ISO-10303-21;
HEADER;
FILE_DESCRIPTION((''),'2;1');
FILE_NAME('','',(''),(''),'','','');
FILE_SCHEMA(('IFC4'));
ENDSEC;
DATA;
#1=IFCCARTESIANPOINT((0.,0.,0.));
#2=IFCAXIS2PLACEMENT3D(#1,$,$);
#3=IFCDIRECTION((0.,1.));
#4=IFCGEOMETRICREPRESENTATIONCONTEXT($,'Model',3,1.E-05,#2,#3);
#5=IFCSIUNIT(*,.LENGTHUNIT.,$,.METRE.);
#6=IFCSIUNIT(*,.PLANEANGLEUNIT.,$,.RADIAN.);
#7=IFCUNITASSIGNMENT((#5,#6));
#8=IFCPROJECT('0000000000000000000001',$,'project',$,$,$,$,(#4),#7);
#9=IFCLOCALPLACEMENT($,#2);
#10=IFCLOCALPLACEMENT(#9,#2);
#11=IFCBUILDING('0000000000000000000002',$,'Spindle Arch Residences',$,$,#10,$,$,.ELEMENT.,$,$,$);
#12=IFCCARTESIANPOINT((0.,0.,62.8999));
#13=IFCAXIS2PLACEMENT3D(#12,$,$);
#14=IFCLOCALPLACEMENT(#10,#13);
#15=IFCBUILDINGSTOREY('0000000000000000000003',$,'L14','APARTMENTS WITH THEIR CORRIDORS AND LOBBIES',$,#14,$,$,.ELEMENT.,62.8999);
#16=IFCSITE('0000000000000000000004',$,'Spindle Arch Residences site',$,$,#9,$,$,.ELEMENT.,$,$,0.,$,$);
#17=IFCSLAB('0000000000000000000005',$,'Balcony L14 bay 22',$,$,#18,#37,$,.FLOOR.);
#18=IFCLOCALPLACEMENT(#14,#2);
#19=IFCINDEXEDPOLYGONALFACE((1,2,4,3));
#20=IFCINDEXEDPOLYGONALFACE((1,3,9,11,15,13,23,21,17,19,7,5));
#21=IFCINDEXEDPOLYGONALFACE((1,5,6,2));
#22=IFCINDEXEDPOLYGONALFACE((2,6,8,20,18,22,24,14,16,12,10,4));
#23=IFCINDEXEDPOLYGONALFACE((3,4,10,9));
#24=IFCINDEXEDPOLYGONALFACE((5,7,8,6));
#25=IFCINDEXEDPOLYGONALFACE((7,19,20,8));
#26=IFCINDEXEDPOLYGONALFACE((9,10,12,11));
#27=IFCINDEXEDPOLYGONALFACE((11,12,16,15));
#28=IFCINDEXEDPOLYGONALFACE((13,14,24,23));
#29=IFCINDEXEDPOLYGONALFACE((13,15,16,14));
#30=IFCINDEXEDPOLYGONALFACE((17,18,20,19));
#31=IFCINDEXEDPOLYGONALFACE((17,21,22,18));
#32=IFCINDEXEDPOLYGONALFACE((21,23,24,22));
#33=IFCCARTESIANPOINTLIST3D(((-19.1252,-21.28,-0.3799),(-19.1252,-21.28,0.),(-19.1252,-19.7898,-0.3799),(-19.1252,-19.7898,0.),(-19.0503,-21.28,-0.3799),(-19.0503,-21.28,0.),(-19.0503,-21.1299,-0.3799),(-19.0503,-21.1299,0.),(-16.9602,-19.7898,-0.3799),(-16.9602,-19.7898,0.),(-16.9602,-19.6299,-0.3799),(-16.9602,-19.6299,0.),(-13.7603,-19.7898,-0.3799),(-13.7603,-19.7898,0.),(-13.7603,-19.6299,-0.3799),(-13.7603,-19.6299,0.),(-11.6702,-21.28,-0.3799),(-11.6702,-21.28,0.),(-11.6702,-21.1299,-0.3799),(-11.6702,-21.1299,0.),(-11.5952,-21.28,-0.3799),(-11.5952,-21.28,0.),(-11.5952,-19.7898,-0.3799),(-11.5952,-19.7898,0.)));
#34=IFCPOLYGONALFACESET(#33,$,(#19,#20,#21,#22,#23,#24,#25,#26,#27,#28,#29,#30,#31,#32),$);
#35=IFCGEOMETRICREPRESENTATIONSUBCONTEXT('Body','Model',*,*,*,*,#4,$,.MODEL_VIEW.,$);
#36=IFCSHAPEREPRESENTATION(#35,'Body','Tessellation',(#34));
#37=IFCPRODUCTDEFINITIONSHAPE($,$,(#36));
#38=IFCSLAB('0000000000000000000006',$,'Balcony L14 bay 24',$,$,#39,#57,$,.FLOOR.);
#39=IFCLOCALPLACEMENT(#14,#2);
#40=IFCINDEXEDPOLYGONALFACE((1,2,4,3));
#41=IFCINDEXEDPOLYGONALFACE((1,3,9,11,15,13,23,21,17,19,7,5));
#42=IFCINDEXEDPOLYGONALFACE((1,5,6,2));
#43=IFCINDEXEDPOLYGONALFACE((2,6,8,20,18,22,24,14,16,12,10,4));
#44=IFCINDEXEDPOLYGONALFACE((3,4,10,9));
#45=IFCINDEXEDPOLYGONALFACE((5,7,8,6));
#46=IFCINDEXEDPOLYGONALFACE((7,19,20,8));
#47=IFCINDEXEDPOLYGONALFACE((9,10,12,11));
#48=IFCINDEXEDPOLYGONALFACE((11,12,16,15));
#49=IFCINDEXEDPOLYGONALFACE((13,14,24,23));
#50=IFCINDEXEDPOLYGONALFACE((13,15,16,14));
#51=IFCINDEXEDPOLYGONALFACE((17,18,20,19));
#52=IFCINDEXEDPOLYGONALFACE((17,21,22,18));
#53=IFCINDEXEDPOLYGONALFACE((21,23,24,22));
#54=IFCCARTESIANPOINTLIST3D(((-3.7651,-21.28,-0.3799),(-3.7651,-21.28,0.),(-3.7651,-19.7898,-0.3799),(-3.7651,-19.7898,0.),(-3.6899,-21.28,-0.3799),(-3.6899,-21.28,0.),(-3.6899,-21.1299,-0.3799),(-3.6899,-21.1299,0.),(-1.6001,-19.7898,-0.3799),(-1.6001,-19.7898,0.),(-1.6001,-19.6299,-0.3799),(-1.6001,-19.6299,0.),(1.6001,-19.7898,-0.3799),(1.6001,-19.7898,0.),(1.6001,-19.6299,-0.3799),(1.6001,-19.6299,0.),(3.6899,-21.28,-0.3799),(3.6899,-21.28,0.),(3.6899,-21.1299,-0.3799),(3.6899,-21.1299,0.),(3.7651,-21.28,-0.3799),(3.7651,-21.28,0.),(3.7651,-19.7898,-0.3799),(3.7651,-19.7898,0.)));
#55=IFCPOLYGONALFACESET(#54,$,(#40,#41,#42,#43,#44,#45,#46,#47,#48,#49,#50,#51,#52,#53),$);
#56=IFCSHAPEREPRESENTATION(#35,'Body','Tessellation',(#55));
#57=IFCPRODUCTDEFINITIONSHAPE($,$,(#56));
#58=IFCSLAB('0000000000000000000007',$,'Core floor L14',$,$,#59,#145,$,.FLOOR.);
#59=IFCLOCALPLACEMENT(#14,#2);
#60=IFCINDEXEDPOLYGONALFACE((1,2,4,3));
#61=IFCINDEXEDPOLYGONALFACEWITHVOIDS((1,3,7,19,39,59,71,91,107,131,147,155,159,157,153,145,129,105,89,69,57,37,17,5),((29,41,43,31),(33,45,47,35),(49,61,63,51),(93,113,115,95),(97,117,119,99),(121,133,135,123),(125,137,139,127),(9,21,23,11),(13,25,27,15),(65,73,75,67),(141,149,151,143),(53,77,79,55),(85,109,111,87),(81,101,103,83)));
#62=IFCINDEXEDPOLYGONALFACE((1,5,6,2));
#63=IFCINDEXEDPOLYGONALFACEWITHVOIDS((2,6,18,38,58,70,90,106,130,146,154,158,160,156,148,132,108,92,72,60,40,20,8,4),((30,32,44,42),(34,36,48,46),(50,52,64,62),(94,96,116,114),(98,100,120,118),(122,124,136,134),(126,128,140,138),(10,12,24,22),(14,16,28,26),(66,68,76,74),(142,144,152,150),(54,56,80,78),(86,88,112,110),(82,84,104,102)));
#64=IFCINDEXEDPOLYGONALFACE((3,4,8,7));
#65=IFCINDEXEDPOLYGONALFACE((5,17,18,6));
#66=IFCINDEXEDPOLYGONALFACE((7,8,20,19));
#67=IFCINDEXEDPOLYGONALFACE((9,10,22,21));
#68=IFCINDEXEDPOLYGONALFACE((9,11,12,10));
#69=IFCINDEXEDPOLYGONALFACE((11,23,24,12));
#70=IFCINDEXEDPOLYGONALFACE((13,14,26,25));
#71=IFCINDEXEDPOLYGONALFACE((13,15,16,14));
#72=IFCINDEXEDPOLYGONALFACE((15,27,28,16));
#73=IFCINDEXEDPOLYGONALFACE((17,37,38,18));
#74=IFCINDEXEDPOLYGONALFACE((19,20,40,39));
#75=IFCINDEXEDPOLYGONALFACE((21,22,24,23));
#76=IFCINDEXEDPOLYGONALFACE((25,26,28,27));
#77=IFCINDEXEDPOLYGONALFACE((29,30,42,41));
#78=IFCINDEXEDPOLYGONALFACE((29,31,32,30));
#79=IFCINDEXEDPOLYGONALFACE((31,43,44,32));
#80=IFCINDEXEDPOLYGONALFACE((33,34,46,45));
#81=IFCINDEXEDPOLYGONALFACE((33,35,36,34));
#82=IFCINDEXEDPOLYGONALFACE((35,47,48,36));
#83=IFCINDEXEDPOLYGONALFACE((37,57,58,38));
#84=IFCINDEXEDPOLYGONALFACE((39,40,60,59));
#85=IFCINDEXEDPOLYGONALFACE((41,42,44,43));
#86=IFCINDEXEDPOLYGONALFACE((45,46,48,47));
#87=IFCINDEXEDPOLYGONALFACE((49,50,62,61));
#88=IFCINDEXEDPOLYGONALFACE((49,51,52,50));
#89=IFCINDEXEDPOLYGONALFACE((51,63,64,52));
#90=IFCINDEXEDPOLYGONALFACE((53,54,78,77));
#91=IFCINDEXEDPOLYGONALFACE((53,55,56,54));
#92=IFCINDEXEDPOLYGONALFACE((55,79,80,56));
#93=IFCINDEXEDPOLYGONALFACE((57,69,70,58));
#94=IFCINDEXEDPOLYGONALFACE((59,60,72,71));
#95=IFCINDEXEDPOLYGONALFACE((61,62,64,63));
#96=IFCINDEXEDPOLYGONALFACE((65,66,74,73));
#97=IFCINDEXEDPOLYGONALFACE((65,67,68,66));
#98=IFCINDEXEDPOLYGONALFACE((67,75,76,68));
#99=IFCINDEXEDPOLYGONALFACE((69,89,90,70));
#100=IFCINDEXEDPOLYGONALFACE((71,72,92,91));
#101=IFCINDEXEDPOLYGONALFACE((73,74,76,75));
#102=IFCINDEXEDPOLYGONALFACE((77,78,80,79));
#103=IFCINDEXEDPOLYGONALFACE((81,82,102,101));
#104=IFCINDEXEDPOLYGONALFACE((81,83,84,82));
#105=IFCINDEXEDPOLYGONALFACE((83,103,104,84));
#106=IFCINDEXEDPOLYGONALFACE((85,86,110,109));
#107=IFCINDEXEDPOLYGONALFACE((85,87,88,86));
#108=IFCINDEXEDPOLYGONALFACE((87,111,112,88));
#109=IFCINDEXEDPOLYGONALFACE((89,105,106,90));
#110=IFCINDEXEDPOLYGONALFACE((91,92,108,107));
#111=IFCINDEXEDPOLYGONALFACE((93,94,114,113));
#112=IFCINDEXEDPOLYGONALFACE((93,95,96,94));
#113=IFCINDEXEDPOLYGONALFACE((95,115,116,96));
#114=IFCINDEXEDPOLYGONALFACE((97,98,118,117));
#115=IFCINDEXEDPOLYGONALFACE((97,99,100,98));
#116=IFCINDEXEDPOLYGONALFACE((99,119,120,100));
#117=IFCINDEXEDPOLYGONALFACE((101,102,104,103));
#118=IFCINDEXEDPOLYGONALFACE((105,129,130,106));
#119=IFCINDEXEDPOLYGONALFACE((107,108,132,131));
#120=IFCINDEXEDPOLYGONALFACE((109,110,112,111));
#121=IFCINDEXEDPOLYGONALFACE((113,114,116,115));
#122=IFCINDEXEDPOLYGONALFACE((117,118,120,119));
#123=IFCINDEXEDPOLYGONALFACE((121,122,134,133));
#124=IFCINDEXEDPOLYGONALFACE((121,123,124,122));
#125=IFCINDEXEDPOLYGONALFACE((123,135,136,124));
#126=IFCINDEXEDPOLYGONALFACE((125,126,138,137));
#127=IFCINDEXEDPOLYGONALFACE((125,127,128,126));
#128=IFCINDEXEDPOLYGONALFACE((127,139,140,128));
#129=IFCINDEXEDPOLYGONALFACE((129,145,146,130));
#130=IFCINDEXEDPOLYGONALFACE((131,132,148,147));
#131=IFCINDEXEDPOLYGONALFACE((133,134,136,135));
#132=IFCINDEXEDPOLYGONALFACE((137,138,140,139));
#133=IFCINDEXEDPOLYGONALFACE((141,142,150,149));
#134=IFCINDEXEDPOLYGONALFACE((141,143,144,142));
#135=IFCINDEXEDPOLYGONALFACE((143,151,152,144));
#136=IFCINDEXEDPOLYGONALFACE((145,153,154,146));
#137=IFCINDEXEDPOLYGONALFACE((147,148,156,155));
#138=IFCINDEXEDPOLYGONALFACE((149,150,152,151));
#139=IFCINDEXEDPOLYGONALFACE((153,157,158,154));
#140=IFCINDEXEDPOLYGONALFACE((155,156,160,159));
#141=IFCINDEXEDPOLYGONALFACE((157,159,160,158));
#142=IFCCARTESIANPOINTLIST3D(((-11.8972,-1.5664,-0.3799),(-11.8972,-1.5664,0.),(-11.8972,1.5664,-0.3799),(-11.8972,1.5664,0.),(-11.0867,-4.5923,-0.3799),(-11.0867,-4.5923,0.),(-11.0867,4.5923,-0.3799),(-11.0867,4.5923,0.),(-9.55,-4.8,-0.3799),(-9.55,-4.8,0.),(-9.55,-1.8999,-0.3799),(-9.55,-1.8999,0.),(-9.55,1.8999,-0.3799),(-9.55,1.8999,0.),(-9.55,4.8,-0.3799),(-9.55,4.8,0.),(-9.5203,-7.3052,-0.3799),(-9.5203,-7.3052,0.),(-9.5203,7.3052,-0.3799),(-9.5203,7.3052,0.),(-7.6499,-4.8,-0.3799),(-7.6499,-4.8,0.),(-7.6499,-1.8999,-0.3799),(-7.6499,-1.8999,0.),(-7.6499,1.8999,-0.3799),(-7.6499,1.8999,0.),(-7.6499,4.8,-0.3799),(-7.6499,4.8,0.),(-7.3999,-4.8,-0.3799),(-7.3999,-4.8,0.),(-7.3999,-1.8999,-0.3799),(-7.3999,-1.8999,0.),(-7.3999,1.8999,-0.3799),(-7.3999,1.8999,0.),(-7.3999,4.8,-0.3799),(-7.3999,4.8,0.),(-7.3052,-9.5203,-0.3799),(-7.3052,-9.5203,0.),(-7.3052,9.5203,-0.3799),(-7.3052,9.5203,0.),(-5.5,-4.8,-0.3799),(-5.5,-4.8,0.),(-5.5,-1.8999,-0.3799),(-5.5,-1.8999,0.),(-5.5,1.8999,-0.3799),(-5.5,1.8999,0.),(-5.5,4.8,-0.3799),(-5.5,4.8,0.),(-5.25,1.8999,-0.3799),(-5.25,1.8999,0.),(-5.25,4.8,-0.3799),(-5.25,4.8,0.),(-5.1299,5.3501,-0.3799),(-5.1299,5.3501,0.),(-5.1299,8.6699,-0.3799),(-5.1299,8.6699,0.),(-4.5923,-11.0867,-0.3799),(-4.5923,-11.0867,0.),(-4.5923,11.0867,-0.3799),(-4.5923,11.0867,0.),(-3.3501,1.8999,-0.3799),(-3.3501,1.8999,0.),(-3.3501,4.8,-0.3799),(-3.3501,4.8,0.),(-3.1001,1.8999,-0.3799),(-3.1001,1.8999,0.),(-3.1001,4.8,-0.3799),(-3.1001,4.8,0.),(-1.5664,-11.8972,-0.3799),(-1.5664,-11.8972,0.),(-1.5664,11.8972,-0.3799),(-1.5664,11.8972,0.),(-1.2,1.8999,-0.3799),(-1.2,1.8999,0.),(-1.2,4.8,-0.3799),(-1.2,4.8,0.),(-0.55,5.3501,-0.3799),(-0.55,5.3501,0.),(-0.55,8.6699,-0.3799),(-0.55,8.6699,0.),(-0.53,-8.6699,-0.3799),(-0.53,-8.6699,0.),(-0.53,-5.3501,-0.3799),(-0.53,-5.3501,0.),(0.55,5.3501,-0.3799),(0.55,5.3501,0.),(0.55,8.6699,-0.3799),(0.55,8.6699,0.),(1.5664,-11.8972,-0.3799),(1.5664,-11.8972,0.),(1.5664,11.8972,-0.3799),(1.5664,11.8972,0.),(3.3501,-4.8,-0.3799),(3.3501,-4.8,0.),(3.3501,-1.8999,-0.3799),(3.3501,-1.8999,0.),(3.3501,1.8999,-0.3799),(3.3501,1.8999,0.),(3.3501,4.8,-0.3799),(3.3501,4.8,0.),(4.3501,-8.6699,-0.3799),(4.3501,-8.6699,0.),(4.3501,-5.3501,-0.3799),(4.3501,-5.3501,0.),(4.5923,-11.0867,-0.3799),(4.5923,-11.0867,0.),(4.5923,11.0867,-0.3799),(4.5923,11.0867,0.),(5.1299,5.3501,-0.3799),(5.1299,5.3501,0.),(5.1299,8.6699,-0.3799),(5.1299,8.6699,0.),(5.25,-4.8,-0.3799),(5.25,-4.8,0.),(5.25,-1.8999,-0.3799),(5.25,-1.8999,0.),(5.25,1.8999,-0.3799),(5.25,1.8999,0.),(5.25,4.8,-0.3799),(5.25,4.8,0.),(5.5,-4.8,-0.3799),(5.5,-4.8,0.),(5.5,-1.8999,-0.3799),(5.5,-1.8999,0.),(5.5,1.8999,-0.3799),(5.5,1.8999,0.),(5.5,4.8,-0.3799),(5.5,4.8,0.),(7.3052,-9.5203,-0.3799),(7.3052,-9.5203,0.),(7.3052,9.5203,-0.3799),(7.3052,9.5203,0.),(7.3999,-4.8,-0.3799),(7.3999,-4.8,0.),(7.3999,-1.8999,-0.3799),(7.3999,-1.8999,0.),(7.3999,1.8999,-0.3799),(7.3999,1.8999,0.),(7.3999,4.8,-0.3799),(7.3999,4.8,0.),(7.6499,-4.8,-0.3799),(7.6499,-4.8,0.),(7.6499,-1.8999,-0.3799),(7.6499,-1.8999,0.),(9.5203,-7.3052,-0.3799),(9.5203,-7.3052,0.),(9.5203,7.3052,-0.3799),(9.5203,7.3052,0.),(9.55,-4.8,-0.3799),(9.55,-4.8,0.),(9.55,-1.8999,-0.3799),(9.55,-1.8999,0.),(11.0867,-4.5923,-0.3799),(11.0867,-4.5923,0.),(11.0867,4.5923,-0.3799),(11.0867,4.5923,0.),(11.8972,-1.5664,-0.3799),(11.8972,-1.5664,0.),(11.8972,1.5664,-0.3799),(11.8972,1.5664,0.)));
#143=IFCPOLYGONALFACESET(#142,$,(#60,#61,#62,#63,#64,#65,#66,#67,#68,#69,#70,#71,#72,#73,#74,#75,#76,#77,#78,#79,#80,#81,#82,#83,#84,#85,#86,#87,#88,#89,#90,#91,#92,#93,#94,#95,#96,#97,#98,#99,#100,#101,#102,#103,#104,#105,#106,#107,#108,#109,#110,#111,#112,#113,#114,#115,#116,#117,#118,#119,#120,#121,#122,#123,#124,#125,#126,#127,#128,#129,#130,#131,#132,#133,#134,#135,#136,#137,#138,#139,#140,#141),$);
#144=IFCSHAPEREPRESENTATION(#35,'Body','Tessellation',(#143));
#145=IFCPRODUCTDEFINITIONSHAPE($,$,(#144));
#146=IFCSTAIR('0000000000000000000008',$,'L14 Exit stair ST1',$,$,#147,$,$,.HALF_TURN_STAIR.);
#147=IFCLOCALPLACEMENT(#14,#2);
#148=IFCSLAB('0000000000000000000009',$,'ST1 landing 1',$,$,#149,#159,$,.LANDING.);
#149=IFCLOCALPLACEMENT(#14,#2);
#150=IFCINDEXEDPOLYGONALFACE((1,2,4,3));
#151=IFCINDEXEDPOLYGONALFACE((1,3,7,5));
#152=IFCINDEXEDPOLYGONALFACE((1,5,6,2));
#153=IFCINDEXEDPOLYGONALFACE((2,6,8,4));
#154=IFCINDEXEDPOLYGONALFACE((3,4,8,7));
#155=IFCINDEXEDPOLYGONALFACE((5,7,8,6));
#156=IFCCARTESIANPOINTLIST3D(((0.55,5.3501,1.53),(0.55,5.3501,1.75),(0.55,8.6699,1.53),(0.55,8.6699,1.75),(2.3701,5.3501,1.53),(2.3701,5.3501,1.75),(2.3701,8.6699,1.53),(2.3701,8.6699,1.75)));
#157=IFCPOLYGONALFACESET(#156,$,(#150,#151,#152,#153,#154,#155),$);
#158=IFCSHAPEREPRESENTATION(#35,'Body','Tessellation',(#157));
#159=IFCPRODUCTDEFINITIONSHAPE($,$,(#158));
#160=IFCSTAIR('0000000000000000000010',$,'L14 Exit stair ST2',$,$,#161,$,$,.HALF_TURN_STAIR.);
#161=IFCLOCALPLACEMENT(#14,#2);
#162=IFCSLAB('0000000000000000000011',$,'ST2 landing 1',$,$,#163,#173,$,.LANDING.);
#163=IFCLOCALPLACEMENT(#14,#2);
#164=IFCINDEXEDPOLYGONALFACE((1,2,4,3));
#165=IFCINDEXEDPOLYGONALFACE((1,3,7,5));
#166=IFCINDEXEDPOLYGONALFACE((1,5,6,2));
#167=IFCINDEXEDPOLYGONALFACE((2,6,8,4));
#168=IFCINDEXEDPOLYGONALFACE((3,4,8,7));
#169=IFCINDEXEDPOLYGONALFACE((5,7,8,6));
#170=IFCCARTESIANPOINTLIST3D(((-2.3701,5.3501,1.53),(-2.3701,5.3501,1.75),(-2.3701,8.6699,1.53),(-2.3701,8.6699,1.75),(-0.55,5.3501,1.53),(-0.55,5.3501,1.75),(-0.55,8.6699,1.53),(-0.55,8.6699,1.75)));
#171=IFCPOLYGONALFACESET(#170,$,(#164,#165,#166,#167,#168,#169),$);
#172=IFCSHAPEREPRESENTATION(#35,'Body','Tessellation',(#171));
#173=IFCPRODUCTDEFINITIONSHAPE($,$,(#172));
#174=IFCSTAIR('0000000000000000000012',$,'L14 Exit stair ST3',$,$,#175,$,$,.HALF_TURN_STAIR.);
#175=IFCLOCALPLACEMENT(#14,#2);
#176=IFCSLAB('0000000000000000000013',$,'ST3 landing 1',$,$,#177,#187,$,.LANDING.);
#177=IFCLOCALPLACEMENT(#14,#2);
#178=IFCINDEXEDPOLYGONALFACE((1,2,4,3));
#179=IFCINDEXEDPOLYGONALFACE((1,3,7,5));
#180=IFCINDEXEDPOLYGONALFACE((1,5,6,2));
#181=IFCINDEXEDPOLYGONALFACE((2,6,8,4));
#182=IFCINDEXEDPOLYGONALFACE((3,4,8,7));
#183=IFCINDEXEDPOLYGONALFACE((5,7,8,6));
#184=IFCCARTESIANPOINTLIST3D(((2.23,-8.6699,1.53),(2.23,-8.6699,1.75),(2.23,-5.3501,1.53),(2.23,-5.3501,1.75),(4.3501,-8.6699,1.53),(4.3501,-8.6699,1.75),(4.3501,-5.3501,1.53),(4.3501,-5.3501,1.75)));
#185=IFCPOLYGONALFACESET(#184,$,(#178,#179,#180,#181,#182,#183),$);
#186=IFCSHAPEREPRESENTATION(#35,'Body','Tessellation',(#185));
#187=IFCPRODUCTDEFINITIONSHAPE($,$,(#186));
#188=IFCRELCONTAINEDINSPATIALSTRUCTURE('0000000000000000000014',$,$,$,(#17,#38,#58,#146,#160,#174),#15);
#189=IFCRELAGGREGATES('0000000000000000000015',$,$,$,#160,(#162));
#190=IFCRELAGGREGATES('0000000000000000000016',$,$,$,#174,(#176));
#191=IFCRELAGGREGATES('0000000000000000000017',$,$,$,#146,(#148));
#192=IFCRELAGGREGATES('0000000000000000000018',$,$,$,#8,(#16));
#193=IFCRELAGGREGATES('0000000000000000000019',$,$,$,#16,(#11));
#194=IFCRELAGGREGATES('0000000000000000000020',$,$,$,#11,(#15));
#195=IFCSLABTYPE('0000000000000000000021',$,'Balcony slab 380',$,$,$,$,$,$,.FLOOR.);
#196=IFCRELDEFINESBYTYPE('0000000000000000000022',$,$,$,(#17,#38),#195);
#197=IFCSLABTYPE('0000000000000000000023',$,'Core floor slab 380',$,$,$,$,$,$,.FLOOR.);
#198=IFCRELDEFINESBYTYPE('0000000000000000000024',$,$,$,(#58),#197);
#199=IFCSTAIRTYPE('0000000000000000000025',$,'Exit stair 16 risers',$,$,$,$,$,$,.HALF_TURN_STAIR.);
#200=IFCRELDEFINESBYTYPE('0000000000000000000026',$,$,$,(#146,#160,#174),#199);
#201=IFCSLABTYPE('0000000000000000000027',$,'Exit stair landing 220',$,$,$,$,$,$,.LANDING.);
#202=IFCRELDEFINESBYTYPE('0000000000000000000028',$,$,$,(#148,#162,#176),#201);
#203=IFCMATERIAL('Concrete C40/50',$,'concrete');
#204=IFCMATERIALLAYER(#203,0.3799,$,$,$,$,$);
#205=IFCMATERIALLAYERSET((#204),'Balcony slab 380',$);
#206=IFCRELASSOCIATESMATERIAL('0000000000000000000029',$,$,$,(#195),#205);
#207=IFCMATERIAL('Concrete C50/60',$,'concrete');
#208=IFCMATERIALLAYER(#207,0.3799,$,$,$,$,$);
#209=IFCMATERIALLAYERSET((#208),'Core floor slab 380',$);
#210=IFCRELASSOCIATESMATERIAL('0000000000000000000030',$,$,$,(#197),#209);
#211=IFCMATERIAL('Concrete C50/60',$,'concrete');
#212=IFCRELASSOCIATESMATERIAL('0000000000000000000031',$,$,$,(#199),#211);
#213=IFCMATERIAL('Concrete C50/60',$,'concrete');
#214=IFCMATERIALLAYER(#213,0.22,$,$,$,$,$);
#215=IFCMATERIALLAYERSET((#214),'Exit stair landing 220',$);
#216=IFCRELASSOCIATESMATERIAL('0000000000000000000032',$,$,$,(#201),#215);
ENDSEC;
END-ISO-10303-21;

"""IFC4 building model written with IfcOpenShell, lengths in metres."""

from ifc_helpers import new_model, si_unit, direction, frame, origin, place, context, subcontext, project, spatial, polyline, outline, extrude, material, layer, layer_set, type_object, element, aggregate, save


model = new_model("IFC4")

# Units and contexts
model_context = context("Model", 3, precision=1e-05, world=origin(), true_north=direction((0.0, 1.0)))
body_context = subcontext(model_context, "Body", "Model", "MODEL_VIEW")
ifc_project = project(units=[si_unit("LENGTHUNIT", "METRE"), si_unit("PLANEANGLEUNIT", "RADIAN")], contexts=[model_context])

# Site, building, storey
site_placement = place(None, origin())
site = spatial("IfcSite", under=ifc_project, at=site_placement, Name="Spindle Arch Residences site", CompositionType="ELEMENT", RefElevation=0.0)
building_placement = place(site_placement, origin())
building = spatial("IfcBuilding", under=site, at=building_placement, Name="Spindle Arch Residences", CompositionType="ELEMENT")
storey_placement = place(building_placement, frame((0.0, 0.0, 62.8999)))
storey = spatial("IfcBuildingStorey", under=building, at=storey_placement, Name="L14", Description="APARTMENTS WITH THEIR CORRIDORS AND LOBBIES", CompositionType="ELEMENT", Elevation=62.8999)

# Slabs
ifc_material_1 = material(Name="Concrete C40/50", Category="concrete")
ifc_layer_1 = layer(ifc_material_1, 0.3799)
ifc_layer_set_1 = layer_set([ifc_layer_1], Name="Balcony slab 380")
slab_type_1 = type_object("IfcSlabType", Name="Balcony slab 380", PredefinedType="FLOOR", material=ifc_layer_set_1)
slab_1_placement = place(storey_placement, frame((0.0, 0.0, -0.3799)))
element("IfcSlab", 1, at=slab_1_placement, inside=storey, type_object=slab_type_1, Name="Balcony L14 bay 22", PredefinedType="FLOOR", context=body_context, shape_type="SweptSolid", body=[
    extrude(outline(polyline([(-19.1252, -21.28), (-19.0503, -21.28), (-19.0503, -21.1299), (-11.6702, -21.1299), (-11.6702, -21.28), (-11.5952, -21.28), (-11.5952, -19.7898), (-13.7603, -19.7898), (-13.7603, -19.6299), (-16.9602, -19.6299), (-16.9602, -19.7898), (-19.1252, -19.7898), (-19.1252, -21.28)])), origin(), (0.0, 0.0, 1.0), 0.3799),
])
slab_2_placement = place(storey_placement, frame((0.0, 0.0, -0.3799)))
element("IfcSlab", 2, at=slab_2_placement, inside=storey, type_object=slab_type_1, Name="Balcony L14 bay 24", PredefinedType="FLOOR", context=body_context, shape_type="SweptSolid", body=[
    extrude(outline(polyline([(-3.7651, -21.28), (-3.6899, -21.28), (-3.6899, -21.1299), (3.6899, -21.1299), (3.6899, -21.28), (3.7651, -21.28), (3.7651, -19.7898), (1.6001, -19.7898), (1.6001, -19.6299), (-1.6001, -19.6299), (-1.6001, -19.7898), (-3.7651, -19.7898), (-3.7651, -21.28)])), origin(), (0.0, 0.0, 1.0), 0.3799),
])
ifc_material_2 = material(Name="Concrete C50/60", Category="concrete")
ifc_layer_2 = layer(ifc_material_2, 0.3799)
ifc_layer_set_2 = layer_set([ifc_layer_2], Name="Core floor slab 380")
slab_type_2 = type_object("IfcSlabType", Name="Core floor slab 380", PredefinedType="FLOOR", material=ifc_layer_set_2)
slab_3_placement = place(storey_placement, frame((0.0, 0.0, -0.3799)))
element("IfcSlab", 3, at=slab_3_placement, inside=storey, type_object=slab_type_2, Name="Core floor L14", PredefinedType="FLOOR", context=body_context, shape_type="SweptSolid", body=[
    extrude(outline(polyline([(1.5664, -11.8972), (4.5923, -11.0867), (7.3052, -9.5203), (9.5203, -7.3052), (11.0867, -4.5923), (11.8972, -1.5664), (11.8972, 1.5664), (11.0867, 4.5923), (9.5203, 7.3052), (7.3052, 9.5203), (4.5923, 11.0867), (1.5664, 11.8972), (-1.5664, 11.8972), (-4.5923, 11.0867), (-7.3052, 9.5203), (-9.5203, 7.3052), (-11.0867, 4.5923), (-11.8972, 1.5664), (-11.8972, -1.5664), (-11.0867, -4.5923), (-9.5203, -7.3052), (-7.3052, -9.5203), (-4.5923, -11.0867), (-1.5664, -11.8972), (1.5664, -11.8972)]), holes=[polyline([(-9.55, 1.8999), (-7.6499, 1.8999), (-7.6499, 4.8), (-9.55, 4.8), (-9.55, 1.8999)]), polyline([(-7.3999, 1.8999), (-5.5, 1.8999), (-5.5, 4.8), (-7.3999, 4.8), (-7.3999, 1.8999)]), polyline([(-5.25, 1.8999), (-3.3501, 1.8999), (-3.3501, 4.8), (-5.25, 4.8), (-5.25, 1.8999)]), polyline([(-3.1001, 1.8999), (-1.2, 1.8999), (-1.2, 4.8), (-3.1001, 4.8), (-3.1001, 1.8999)]), polyline([(3.3501, 1.8999), (5.25, 1.8999), (5.25, 4.8), (3.3501, 4.8), (3.3501, 1.8999)]), polyline([(5.5, 1.8999), (7.3999, 1.8999), (7.3999, 4.8), (5.5, 4.8), (5.5, 1.8999)]), polyline([(-9.55, -4.8), (-7.6499, -4.8), (-7.6499, -1.8999), (-9.55, -1.8999), (-9.55, -4.8)]), polyline([(-7.3999, -4.8), (-5.5, -4.8), (-5.5, -1.8999), (-7.3999, -1.8999), (-7.3999, -4.8)]), polyline([(3.3501, -4.8), (5.25, -4.8), (5.25, -1.8999), (3.3501, -1.8999), (3.3501, -4.8)]), polyline([(5.5, -4.8), (7.3999, -4.8), (7.3999, -1.8999), (5.5, -1.8999), (5.5, -4.8)]), polyline([(7.6499, -4.8), (9.55, -4.8), (9.55, -1.8999), (7.6499, -1.8999), (7.6499, -4.8)]), polyline([(5.1299, 8.6699), (0.55, 8.6699), (0.55, 5.3501), (5.1299, 5.3501), (5.1299, 8.6699)]), polyline([(-5.1299, 5.3501), (-0.55, 5.3501), (-0.55, 8.6699), (-5.1299, 8.6699), (-5.1299, 5.3501)]), polyline([(-0.53, -8.6699), (4.3501, -8.6699), (4.3501, -5.3501), (-0.53, -5.3501), (-0.53, -8.6699)])]), origin(), (0.0, 0.0, 1.0), 0.3799),
])

# Stairs, slabs
ifc_material_3 = material(Name="Concrete C50/60", Category="concrete")
stair_type = type_object("IfcStairType", Name="Exit stair 16 risers", PredefinedType="HALF_TURN_STAIR", material=ifc_material_3)
stair_1_placement = place(storey_placement, origin())
stair_1 = element("IfcStair", 4, at=stair_1_placement, inside=storey, type_object=stair_type, Name="L14 Exit stair ST1", PredefinedType="HALF_TURN_STAIR")
ifc_material_4 = material(Name="Concrete C50/60", Category="concrete")
ifc_layer_3 = layer(ifc_material_4, 0.22)
ifc_layer_set_3 = layer_set([ifc_layer_3], Name="Exit stair landing 220")
slab_type_3 = type_object("IfcSlabType", Name="Exit stair landing 220", PredefinedType="LANDING", material=ifc_layer_set_3)
slab_4_placement = place(storey_placement, frame((0.0, 0.0, 1.53)))
slab_4 = element("IfcSlab", 5, at=slab_4_placement, type_object=slab_type_3, Name="ST1 landing 1", PredefinedType="LANDING", context=body_context, shape_type="SweptSolid", body=[
    extrude(outline(polyline([(2.3701, 8.6699), (0.55, 8.6699), (0.55, 5.3501), (2.3701, 5.3501), (2.3701, 8.6699)])), origin(), (0.0, 0.0, 1.0), 0.22),
])
stair_2_placement = place(storey_placement, origin())
stair_2 = element("IfcStair", 6, at=stair_2_placement, inside=storey, type_object=stair_type, Name="L14 Exit stair ST2", PredefinedType="HALF_TURN_STAIR")
slab_5_placement = place(storey_placement, frame((0.0, 0.0, 1.53)))
slab_5 = element("IfcSlab", 7, at=slab_5_placement, type_object=slab_type_3, Name="ST2 landing 1", PredefinedType="LANDING", context=body_context, shape_type="SweptSolid", body=[
    extrude(outline(polyline([(-2.3701, 5.3501), (-0.55, 5.3501), (-0.55, 8.6699), (-2.3701, 8.6699), (-2.3701, 5.3501)])), origin(), (0.0, 0.0, 1.0), 0.22),
])
aggregate(stair_2, [slab_5])
stair_3_placement = place(storey_placement, origin())
stair_3 = element("IfcStair", 8, at=stair_3_placement, inside=storey, type_object=stair_type, Name="L14 Exit stair ST3", PredefinedType="HALF_TURN_STAIR")
slab_6_placement = place(storey_placement, frame((0.0, 0.0, 1.53)))
slab_6 = element("IfcSlab", 9, at=slab_6_placement, type_object=slab_type_3, Name="ST3 landing 1", PredefinedType="LANDING", context=body_context, shape_type="SweptSolid", body=[
    extrude(outline(polyline([(2.23, -8.6699), (4.3501, -8.6699), (4.3501, -5.3501), (2.23, -5.3501), (2.23, -8.6699)])), origin(), (0.0, 0.0, 1.0), 0.22),
])
aggregate(stair_3, [slab_6])

aggregate(stair_1, [slab_4])

save(model, "model.ifc")
